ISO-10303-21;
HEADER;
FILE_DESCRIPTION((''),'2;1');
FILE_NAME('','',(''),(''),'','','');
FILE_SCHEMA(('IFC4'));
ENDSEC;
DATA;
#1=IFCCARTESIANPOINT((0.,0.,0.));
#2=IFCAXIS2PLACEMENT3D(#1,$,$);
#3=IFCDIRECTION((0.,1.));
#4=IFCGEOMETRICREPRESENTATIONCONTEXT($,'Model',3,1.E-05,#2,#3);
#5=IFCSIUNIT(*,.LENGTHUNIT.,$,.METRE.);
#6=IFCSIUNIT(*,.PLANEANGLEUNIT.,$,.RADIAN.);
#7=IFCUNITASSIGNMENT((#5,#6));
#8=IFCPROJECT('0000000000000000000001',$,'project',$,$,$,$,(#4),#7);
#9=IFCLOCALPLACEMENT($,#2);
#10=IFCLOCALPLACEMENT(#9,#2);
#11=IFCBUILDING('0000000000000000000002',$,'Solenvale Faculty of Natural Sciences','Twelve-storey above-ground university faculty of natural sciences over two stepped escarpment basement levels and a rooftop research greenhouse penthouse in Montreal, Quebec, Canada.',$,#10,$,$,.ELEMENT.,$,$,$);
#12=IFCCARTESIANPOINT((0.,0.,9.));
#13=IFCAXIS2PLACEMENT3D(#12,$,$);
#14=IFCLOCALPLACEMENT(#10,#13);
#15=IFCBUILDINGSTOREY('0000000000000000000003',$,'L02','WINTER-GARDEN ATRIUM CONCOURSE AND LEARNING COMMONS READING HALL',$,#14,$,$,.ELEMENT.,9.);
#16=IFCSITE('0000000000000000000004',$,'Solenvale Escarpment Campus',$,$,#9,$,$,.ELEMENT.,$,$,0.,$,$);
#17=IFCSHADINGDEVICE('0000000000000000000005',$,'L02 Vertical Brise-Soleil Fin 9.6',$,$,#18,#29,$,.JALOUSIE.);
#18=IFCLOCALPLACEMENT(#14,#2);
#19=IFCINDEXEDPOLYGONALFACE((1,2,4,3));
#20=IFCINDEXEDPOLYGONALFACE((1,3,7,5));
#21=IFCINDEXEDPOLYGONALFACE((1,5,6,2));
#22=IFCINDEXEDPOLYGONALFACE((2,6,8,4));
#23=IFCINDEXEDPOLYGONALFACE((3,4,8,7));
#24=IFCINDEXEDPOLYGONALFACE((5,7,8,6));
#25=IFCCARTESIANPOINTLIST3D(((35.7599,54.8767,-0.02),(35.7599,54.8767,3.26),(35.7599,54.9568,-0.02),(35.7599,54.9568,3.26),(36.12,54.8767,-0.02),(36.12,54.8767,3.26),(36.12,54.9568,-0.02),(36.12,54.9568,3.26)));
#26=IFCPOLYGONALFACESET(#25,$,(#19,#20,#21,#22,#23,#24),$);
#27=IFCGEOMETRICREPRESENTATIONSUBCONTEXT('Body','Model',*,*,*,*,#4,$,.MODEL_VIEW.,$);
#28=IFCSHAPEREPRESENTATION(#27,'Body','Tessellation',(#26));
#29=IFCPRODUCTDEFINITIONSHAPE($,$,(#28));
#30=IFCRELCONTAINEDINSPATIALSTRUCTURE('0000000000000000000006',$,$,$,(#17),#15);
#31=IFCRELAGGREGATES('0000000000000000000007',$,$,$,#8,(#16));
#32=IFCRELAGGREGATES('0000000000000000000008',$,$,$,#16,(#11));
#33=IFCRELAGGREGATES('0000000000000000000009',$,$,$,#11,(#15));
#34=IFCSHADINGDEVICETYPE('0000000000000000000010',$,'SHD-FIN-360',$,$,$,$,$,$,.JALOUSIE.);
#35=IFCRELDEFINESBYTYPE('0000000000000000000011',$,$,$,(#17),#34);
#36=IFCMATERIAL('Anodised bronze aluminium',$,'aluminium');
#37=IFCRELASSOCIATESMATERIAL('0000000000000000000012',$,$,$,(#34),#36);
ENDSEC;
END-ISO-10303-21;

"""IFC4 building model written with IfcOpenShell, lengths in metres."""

from ifc_helpers import new_model, si_unit, direction, frame, origin, origin_2d, place, context, subcontext, project, spatial, rectangle, extrude, material, material_profile, profile_set, type_object, element, save


model = new_model("IFC4")

# Units and contexts
model_context = context("Model", 3, precision=1e-05, world=origin(), true_north=direction((0.0, 1.0)))
body_context = subcontext(model_context, "Body", "Model", "MODEL_VIEW")
ifc_project = project(units=[si_unit("LENGTHUNIT", "METRE"), si_unit("PLANEANGLEUNIT", "RADIAN")], contexts=[model_context])

# Site, building, storey
site_placement = place(None, origin())
site = spatial("IfcSite", under=ifc_project, at=site_placement, Name="Solenvale Escarpment Campus", CompositionType="ELEMENT", RefElevation=0.0)
building_placement = place(site_placement, origin())
building = spatial("IfcBuilding", under=site, at=building_placement, Name="Solenvale Faculty of Natural Sciences", Description="Twelve-storey above-ground university faculty of natural sciences over two stepped escarpment basement levels and a rooftop research greenhouse penthouse in Montreal, Quebec, Canada.", CompositionType="ELEMENT")
storey_placement = place(building_placement, frame((0.0, 0.0, 9.0)))
storey = spatial("IfcBuildingStorey", under=building, at=storey_placement, Name="L02", Description="WINTER-GARDEN ATRIUM CONCOURSE AND LEARNING COMMONS READING HALL", CompositionType="ELEMENT", Elevation=9.0)

# Shared definitions
ifc_material_1 = material(Name="Anodised bronze aluminium", Category="aluminium")

# Shading device
ifc_material_profile_1 = material_profile(ifc_material_1, rectangle(XDim=0.0801, YDim=0.3601, at=origin_2d()), Name="ALU-FIN-80x360")
ifc_profile_set_1 = profile_set([ifc_material_profile_1], Name="Anodised bronze aluminium")
shading_device_type = type_object("IfcShadingDeviceType", Name="SHD-FIN-360", PredefinedType="JALOUSIE", material=ifc_profile_set_1)
shading_device_placement = place(storey_placement, frame((35.9399, 54.9167, -0.02), z_axis=(0.0, 0.0, 1.0), x_axis=(0.0, 1.0, 0.0)))
element("IfcShadingDevice", 1, at=shading_device_placement, inside=storey, type_object=shading_device_type, Name="L02 Vertical Brise-Soleil Fin 9.6", PredefinedType="JALOUSIE", context=body_context, shape_type="SweptSolid", body=[
    extrude(rectangle(XDim=0.0801, YDim=0.3601, at=origin_2d()), origin(), (0.0, 0.0, 1.0), 3.28),
])

save(model, "model.ifc")
